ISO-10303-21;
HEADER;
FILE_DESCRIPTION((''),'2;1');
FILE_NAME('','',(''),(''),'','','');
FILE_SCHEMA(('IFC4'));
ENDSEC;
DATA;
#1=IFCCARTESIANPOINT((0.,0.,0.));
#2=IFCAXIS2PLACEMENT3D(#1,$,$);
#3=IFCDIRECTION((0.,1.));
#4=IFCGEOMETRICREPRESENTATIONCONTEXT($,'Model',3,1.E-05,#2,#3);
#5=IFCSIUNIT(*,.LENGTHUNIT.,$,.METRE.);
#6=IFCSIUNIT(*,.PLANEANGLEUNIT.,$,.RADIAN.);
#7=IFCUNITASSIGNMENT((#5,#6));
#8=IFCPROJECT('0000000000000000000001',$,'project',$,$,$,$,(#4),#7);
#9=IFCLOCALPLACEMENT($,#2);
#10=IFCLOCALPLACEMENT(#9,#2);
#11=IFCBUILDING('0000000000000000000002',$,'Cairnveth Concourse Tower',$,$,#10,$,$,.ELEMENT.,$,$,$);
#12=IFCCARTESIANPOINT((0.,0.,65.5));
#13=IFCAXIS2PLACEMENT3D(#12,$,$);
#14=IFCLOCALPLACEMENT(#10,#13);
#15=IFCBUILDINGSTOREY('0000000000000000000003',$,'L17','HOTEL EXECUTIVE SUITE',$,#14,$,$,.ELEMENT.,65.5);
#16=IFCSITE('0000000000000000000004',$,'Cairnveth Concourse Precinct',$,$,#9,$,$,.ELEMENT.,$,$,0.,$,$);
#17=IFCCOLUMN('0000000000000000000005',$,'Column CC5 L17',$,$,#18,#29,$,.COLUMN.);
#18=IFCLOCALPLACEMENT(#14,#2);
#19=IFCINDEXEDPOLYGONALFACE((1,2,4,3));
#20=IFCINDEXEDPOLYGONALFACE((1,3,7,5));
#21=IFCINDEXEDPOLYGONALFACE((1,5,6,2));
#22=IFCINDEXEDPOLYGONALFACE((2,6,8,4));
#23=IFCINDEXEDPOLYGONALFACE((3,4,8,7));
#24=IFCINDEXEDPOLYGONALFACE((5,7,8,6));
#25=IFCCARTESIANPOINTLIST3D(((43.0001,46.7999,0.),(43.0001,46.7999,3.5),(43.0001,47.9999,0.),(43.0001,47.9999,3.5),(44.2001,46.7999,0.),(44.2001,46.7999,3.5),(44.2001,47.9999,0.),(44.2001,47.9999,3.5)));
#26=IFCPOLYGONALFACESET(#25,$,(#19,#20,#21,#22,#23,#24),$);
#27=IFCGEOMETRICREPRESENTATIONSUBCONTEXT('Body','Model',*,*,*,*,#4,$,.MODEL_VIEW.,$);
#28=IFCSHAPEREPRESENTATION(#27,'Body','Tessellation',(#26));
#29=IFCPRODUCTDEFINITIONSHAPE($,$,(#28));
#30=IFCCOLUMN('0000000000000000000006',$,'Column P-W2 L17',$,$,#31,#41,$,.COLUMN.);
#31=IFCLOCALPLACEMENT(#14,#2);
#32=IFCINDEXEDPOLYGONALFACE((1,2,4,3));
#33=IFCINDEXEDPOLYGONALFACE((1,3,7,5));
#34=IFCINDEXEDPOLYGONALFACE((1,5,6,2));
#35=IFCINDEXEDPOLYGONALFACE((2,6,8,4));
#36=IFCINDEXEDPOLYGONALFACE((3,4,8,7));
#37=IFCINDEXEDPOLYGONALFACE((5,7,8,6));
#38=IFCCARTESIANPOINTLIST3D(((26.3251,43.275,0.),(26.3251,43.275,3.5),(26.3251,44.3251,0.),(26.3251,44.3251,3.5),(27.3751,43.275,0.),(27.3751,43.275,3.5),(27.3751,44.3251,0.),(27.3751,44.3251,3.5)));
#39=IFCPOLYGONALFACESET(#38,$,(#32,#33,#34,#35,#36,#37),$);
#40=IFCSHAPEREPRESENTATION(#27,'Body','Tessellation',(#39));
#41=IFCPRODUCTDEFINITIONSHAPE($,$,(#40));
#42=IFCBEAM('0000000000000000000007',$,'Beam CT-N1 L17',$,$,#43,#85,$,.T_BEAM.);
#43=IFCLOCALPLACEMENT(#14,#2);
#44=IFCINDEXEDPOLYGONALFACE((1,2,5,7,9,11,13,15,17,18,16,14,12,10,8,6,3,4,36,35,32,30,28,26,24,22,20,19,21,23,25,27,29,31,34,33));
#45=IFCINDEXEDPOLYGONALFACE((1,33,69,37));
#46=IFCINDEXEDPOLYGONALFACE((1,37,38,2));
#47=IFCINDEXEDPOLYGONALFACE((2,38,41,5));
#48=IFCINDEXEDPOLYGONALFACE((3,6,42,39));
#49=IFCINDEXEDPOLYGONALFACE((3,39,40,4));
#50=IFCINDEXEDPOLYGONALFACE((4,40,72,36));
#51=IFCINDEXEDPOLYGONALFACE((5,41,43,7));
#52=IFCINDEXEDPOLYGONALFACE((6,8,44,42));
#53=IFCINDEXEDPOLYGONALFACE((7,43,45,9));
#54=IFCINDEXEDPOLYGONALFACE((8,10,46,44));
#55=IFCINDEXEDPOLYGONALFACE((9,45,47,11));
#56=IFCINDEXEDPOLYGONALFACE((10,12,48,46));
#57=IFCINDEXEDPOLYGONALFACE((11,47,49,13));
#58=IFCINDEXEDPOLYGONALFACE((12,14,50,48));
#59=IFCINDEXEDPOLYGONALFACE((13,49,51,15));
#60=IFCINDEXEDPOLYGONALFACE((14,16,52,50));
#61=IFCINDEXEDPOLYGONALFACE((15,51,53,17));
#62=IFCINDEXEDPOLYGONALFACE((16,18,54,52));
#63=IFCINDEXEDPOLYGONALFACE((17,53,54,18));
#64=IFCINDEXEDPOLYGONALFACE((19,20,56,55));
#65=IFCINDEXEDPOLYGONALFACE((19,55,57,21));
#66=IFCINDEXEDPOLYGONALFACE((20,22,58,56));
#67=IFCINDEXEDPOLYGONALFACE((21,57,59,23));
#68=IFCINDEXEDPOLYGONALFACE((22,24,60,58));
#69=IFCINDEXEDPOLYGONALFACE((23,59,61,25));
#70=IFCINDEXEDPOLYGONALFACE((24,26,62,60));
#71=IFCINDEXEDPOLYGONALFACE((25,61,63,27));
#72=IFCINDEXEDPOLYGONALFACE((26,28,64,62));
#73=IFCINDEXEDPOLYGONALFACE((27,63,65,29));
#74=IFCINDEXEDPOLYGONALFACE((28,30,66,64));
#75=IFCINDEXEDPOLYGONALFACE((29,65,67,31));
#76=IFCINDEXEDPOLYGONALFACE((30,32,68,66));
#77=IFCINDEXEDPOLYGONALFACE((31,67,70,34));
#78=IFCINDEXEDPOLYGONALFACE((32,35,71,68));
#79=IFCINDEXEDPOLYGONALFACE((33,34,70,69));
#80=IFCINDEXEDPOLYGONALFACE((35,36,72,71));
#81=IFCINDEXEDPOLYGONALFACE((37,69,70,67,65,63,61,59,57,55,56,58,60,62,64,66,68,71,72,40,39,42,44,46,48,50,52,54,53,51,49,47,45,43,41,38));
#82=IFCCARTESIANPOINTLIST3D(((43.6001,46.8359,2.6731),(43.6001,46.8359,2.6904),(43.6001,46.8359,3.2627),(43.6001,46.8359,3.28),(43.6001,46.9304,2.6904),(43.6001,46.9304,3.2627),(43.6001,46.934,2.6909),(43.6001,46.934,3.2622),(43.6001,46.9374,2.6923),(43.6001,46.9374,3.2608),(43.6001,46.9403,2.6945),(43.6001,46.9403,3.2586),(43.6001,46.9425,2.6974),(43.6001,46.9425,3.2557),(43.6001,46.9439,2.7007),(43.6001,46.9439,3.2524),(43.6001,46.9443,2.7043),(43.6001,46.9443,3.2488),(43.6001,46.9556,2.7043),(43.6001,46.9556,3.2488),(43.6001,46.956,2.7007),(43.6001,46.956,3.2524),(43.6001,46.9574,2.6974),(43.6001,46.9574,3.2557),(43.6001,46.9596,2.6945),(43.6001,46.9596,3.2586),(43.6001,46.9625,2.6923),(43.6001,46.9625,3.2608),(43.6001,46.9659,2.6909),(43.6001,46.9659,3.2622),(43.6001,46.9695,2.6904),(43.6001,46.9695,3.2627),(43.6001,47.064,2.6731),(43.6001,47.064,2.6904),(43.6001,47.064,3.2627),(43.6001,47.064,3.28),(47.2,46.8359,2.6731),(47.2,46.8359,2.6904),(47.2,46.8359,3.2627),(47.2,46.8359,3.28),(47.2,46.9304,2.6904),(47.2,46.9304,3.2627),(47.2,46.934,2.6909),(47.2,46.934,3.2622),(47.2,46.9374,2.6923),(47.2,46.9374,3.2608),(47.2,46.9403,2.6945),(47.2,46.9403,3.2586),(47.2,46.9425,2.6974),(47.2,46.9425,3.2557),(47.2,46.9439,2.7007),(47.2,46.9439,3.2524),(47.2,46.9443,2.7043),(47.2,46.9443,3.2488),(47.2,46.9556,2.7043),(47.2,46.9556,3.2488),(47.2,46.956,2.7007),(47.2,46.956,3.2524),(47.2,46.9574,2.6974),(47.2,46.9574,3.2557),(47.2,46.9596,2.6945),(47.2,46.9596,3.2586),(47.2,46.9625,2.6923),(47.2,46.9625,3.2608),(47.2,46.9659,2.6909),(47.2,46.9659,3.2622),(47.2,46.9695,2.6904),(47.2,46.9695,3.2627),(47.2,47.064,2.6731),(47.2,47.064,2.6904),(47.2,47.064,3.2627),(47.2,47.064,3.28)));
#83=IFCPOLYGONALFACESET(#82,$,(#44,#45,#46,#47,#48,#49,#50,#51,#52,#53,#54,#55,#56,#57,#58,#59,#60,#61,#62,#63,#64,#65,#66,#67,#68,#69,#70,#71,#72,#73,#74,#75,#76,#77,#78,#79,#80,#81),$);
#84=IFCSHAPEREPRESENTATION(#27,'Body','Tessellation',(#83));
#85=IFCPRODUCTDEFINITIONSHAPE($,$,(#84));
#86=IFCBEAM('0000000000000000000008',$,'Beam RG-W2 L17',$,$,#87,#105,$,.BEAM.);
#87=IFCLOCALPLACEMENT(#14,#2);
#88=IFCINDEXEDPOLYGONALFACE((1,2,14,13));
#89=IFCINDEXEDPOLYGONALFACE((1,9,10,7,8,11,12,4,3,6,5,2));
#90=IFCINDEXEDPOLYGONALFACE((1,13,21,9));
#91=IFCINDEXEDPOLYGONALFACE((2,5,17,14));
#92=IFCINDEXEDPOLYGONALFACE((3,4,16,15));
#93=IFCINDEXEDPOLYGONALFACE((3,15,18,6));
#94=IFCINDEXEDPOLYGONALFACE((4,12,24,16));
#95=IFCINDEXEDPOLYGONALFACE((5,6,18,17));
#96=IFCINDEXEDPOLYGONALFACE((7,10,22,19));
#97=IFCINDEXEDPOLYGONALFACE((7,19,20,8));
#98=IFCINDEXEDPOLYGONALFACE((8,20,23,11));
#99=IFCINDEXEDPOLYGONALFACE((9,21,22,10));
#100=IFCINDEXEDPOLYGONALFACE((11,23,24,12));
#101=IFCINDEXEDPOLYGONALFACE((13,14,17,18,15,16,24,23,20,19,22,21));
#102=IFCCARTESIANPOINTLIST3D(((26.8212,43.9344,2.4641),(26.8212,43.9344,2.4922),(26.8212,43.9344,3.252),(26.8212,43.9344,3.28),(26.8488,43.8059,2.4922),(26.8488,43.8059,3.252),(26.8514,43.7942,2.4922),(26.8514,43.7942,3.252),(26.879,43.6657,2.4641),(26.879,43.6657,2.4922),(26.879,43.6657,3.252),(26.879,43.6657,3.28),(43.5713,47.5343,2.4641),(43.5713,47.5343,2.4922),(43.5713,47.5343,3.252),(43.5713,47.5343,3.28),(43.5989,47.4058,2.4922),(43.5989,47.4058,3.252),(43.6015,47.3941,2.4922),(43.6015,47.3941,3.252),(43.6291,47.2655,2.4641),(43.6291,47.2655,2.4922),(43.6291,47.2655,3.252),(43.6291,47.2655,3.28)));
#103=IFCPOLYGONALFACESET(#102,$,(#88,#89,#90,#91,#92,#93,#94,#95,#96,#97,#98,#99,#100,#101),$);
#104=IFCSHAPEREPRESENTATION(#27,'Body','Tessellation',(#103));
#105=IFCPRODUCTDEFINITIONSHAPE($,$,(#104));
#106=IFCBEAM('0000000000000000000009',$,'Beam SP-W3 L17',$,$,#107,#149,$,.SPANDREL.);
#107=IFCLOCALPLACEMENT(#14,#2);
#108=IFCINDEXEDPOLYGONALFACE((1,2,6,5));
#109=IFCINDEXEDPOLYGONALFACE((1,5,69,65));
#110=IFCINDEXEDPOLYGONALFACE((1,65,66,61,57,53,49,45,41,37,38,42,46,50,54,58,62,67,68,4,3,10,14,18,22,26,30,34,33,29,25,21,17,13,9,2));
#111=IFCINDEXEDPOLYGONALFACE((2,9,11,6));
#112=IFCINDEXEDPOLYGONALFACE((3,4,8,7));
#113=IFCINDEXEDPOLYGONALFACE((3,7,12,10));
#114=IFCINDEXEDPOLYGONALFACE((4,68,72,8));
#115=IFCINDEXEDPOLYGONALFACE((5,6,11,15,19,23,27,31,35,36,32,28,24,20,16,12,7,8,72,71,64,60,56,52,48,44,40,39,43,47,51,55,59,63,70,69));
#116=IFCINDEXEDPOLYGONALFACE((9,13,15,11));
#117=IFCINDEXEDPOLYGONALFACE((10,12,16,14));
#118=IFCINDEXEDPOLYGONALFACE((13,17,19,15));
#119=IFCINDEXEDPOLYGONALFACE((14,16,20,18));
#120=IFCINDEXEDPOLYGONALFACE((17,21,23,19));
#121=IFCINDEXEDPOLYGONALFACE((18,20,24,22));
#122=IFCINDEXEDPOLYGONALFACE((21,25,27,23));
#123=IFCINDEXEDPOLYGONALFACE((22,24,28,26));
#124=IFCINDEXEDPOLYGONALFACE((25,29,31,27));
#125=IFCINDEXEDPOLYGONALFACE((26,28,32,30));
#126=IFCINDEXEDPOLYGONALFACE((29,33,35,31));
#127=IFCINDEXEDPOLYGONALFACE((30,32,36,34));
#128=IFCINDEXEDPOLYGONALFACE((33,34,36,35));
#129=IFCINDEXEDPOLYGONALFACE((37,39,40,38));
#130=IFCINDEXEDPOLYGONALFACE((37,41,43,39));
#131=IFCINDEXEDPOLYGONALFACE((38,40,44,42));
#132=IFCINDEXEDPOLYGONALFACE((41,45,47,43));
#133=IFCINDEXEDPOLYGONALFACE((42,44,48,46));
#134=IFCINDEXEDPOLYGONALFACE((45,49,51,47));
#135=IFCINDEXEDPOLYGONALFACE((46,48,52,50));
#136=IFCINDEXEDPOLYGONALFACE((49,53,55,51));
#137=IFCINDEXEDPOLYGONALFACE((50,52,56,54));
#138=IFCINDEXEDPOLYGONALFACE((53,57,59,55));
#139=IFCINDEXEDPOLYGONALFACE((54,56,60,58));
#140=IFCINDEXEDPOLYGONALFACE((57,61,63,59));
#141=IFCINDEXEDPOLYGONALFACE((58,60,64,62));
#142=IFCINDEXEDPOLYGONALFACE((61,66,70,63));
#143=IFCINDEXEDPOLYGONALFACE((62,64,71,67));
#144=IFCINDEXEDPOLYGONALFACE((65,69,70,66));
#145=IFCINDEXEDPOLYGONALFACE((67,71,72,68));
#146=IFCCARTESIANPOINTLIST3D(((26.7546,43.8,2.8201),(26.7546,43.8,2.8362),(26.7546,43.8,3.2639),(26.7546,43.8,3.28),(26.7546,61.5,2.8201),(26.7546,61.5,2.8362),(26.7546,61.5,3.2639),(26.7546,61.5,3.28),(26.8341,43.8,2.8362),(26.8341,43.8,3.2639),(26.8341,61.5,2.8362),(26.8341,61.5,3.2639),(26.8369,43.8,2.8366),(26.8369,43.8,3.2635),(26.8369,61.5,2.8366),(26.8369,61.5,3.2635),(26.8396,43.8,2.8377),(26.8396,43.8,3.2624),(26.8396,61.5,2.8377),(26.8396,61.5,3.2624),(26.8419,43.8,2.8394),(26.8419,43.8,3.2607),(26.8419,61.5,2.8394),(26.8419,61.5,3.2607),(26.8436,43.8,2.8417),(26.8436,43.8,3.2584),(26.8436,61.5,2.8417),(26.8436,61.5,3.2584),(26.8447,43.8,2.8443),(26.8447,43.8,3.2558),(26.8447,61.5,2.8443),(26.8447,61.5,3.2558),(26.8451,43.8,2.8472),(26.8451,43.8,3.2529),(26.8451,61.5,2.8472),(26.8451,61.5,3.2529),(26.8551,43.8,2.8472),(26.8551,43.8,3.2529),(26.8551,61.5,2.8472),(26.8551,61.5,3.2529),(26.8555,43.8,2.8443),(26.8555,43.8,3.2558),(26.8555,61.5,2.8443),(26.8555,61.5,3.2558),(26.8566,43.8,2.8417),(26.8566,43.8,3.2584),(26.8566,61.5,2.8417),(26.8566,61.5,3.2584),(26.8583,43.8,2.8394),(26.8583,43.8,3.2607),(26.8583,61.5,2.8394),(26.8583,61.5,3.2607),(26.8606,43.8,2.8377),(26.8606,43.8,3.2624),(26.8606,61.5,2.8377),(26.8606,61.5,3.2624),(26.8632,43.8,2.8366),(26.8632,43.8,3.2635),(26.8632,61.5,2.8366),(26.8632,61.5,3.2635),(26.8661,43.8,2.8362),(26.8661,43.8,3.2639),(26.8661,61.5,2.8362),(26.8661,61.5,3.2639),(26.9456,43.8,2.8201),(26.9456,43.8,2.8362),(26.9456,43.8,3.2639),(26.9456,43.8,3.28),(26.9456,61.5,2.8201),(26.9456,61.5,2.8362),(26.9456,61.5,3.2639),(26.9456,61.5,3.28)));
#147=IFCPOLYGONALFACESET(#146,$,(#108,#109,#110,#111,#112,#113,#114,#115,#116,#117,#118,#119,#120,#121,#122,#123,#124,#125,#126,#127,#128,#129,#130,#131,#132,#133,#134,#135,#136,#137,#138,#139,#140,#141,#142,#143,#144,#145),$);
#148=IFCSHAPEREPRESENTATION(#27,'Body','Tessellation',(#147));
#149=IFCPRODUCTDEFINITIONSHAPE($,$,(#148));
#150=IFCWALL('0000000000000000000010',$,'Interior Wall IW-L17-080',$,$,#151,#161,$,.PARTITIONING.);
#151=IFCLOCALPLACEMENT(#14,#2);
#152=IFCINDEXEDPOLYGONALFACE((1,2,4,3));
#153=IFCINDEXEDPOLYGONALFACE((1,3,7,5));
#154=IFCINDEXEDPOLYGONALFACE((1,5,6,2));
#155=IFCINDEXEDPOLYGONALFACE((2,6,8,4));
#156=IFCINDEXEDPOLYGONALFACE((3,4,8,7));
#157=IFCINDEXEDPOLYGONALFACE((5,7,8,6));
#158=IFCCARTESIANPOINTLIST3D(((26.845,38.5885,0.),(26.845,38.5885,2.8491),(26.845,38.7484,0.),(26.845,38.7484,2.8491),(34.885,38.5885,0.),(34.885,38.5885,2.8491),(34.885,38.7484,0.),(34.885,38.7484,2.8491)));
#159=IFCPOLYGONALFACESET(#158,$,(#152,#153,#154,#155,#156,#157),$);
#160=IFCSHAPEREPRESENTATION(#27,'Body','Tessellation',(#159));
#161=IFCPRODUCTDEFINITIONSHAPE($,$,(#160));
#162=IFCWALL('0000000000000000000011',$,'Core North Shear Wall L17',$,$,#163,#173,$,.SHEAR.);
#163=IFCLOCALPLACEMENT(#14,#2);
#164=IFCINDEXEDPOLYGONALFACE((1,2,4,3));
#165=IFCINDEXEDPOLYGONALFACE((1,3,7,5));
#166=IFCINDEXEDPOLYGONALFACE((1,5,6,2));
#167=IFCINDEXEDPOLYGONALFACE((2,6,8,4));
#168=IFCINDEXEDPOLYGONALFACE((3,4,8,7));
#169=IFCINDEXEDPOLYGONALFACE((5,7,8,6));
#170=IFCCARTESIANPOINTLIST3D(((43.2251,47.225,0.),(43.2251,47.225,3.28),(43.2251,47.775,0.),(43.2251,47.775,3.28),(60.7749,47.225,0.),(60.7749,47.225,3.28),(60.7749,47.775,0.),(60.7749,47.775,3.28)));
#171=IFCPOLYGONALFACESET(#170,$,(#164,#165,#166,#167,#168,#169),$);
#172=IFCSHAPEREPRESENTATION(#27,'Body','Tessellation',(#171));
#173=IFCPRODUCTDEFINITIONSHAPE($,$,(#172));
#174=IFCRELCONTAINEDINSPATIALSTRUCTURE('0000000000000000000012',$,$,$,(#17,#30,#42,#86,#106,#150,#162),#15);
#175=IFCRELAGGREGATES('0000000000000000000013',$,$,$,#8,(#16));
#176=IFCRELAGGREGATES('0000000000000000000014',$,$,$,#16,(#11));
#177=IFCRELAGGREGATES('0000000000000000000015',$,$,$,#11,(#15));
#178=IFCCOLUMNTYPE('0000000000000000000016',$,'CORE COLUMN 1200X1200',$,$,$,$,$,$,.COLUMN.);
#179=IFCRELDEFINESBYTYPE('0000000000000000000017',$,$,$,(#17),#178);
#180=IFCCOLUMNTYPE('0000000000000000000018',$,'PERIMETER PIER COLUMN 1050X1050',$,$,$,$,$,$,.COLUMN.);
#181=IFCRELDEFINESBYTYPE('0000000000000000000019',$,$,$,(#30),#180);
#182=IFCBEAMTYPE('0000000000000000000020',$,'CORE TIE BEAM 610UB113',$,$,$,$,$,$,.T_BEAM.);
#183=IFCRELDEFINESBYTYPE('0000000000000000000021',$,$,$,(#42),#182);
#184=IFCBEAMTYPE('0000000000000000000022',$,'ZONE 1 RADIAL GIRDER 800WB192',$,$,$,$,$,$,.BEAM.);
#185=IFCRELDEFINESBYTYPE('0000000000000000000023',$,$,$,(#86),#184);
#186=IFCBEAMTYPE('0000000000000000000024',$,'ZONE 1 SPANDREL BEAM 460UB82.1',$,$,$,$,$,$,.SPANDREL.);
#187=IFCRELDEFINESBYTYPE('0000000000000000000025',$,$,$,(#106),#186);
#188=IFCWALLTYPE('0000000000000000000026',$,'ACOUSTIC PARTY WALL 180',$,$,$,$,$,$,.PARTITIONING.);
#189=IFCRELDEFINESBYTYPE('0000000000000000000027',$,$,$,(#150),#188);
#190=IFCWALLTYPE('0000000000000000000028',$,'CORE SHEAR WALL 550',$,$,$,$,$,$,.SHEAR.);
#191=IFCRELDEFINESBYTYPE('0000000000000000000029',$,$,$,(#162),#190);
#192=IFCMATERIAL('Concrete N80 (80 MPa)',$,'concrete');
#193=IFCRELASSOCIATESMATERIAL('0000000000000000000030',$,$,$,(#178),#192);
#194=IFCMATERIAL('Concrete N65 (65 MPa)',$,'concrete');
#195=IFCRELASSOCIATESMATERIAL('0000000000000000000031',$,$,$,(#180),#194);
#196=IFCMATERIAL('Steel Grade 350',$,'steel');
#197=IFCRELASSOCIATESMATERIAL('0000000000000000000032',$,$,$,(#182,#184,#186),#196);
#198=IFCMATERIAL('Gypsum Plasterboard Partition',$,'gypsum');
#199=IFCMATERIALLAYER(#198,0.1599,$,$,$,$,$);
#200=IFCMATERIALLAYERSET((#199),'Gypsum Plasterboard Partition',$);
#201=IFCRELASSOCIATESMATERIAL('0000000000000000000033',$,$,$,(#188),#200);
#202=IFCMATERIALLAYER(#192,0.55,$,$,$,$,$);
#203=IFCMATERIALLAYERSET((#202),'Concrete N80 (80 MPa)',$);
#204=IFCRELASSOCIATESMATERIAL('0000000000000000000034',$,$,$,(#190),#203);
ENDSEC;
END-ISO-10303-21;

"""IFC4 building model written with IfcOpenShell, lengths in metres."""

from ifc_helpers import new_model, si_unit, direction, frame, frame_2d, origin, origin_2d, place, context, subcontext, project, spatial, rectangle, i_section, extrude, material, layer, layer_set, material_profile, profile_set, type_object, element, save


model = new_model("IFC4")

# Units and contexts
model_context = context("Model", 3, precision=1e-05, world=origin(), true_north=direction((0.0, 1.0)))
body_context = subcontext(model_context, "Body", "Model", "MODEL_VIEW")
ifc_project = project(units=[si_unit("LENGTHUNIT", "METRE"), si_unit("PLANEANGLEUNIT", "RADIAN")], contexts=[model_context])

# Site, building, storey
site_placement = place(None, origin())
site = spatial("IfcSite", under=ifc_project, at=site_placement, Name="Cairnveth Concourse Precinct", CompositionType="ELEMENT", RefElevation=0.0)
building_placement = place(site_placement, origin())
building = spatial("IfcBuilding", under=site, at=building_placement, Name="Cairnveth Concourse Tower", CompositionType="ELEMENT")
storey_placement = place(building_placement, frame((0.0, 0.0, 65.5)))
storey = spatial("IfcBuildingStorey", under=building, at=storey_placement, Name="L17", Description="HOTEL EXECUTIVE SUITE", CompositionType="ELEMENT", Elevation=65.5)

# Columns
ifc_material_1 = material(Name="Concrete N80 (80 MPa)", Category="concrete")
ifc_material_profile_1 = material_profile(ifc_material_1, rectangle(XDim=1.2, YDim=1.2, at=origin_2d()), Name="RC-COL-1200x1200")
ifc_profile_set_1 = profile_set([ifc_material_profile_1], Name="Concrete N80 (80 MPa)")
column_type_1 = type_object("IfcColumnType", Name="CORE COLUMN 1200X1200", PredefinedType="COLUMN", material=ifc_profile_set_1)
column_1_placement = place(storey_placement, frame((43.6001, 47.3999, 0.0), z_axis=(0.0, 0.0, 1.0), x_axis=(1.0, 0.0, 0.0)))
element("IfcColumn", 1, at=column_1_placement, inside=storey, type_object=column_type_1, Name="Column CC5 L17", PredefinedType="COLUMN", context=body_context, shape_type="SweptSolid", body=[
    extrude(rectangle(XDim=1.2, YDim=1.2, at=origin_2d()), origin(), (0.0, 0.0, 1.0), 3.5),
])
ifc_material_2 = material(Name="Concrete N65 (65 MPa)", Category="concrete")
ifc_material_profile_2 = material_profile(ifc_material_2, rectangle(XDim=1.05, YDim=1.05, at=origin_2d()), Name="RC-COL-1050x1050")
ifc_profile_set_2 = profile_set([ifc_material_profile_2], Name="Concrete N65 (65 MPa)")
column_type_2 = type_object("IfcColumnType", Name="PERIMETER PIER COLUMN 1050X1050", PredefinedType="COLUMN", material=ifc_profile_set_2)
column_2_placement = place(storey_placement, frame((26.8501, 43.8, 0.0), z_axis=(0.0, 0.0, 1.0), x_axis=(0.0, 1.0, 0.0)))
element("IfcColumn", 2, at=column_2_placement, inside=storey, type_object=column_type_2, Name="Column P-W2 L17", PredefinedType="COLUMN", context=body_context, shape_type="SweptSolid", body=[
    extrude(rectangle(XDim=1.05, YDim=1.05, at=origin_2d()), origin(), (0.0, 0.0, 1.0), 3.5),
])

# Beams
ifc_material_3 = material(Name="Steel Grade 350", Category="steel")
ifc_material_profile_3 = material_profile(ifc_material_3, i_section(OverallWidth=0.228, OverallDepth=0.6069, WebThickness=0.0112, FlangeThickness=0.0173, FilletRadius=0.0139, at=origin_2d()), Name="610UB113")
ifc_profile_set_3 = profile_set([ifc_material_profile_3], Name="Steel Grade 350")
beam_type_1 = type_object("IfcBeamType", Name="CORE TIE BEAM 610UB113", PredefinedType="T_BEAM", material=ifc_profile_set_3)
beam_1_placement = place(storey_placement, frame((43.6001, 46.95, 2.9766), z_axis=(1.0, 0.0, 0.0), x_axis=(0.0, 1.0, 0.0)))
element("IfcBeam", 3, at=beam_1_placement, inside=storey, type_object=beam_type_1, Name="Beam CT-N1 L17", PredefinedType="T_BEAM", context=body_context, shape_type="SweptSolid", body=[
    extrude(i_section(OverallWidth=0.228, OverallDepth=0.6069, WebThickness=0.0112, FlangeThickness=0.0173, FilletRadius=0.0139, at=origin_2d()), origin(), (0.0, 0.0, 1.0), 3.5999),
])
ifc_material_profile_4 = material_profile(ifc_material_3, i_section(OverallWidth=0.2749, OverallDepth=0.8159, WebThickness=0.012, FlangeThickness=0.0281, at=origin_2d()), Name="800WB192")
ifc_profile_set_4 = profile_set([ifc_material_profile_4], Name="Steel Grade 350")
beam_type_2 = type_object("IfcBeamType", Name="ZONE 1 RADIAL GIRDER 800WB192", PredefinedType="BEAM", material=ifc_profile_set_4)
beam_2_placement = place(storey_placement, frame((26.8501, 43.8, 2.8721), z_axis=(0.977676, 0.210119, 0.0), x_axis=(-0.210119, 0.977676, 0.0)))
element("IfcBeam", 4, at=beam_2_placement, inside=storey, type_object=beam_type_2, Name="Beam RG-W2 L17", PredefinedType="BEAM", context=body_context, shape_type="SweptSolid", body=[
    extrude(i_section(OverallWidth=0.2749, OverallDepth=0.8159, WebThickness=0.012, FlangeThickness=0.0281, at=origin_2d()), origin(), (0.0, 0.0, 1.0), 17.1326),
])
ifc_material_profile_5 = material_profile(ifc_material_3, i_section(OverallWidth=0.1909, OverallDepth=0.46, WebThickness=0.01, FlangeThickness=0.0161, FilletRadius=0.011, at=origin_2d()), Name="460UB82.1")
ifc_profile_set_5 = profile_set([ifc_material_profile_5], Name="Steel Grade 350")
beam_type_3 = type_object("IfcBeamType", Name="ZONE 1 SPANDREL BEAM 460UB82.1", PredefinedType="SPANDREL", material=ifc_profile_set_5)
beam_3_placement = place(storey_placement, frame((26.8501, 43.8, 3.05), z_axis=(0.0, 1.0, 0.0), x_axis=(-1.0, 0.0, 0.0)))
element("IfcBeam", 5, at=beam_3_placement, inside=storey, type_object=beam_type_3, Name="Beam SP-W3 L17", PredefinedType="SPANDREL", context=body_context, shape_type="SweptSolid", body=[
    extrude(i_section(OverallWidth=0.1909, OverallDepth=0.46, WebThickness=0.01, FlangeThickness=0.0161, FilletRadius=0.011, at=origin_2d()), origin(), (0.0, 0.0, 1.0), 17.7),
])

# Walls
ifc_material_4 = material(Name="Gypsum Plasterboard Partition", Category="gypsum")
ifc_layer_1 = layer(ifc_material_4, 0.1599)
ifc_layer_set_1 = layer_set([ifc_layer_1], Name="Gypsum Plasterboard Partition")
wall_type_1 = type_object("IfcWallType", Name="ACOUSTIC PARTY WALL 180", PredefinedType="PARTITIONING", material=ifc_layer_set_1)
wall_1_placement = place(storey_placement, frame((26.845, 38.6685, 0.0), z_axis=(0.0, 0.0, 1.0), x_axis=(1.0, 0.0, 0.0)))
element("IfcWall", 6, at=wall_1_placement, inside=storey, type_object=wall_type_1, Name="Interior Wall IW-L17-080", PredefinedType="PARTITIONING", context=body_context, shape_type="SweptSolid", body=[
    extrude(rectangle(XDim=8.04, YDim=0.1599, at=frame_2d((4.02, 0.0))), origin(), (0.0, 0.0, 1.0), 2.8491),
])
ifc_layer_2 = layer(ifc_material_1, 0.55)
ifc_layer_set_2 = layer_set([ifc_layer_2], Name="Concrete N80 (80 MPa)")
wall_type_2 = type_object("IfcWallType", Name="CORE SHEAR WALL 550", PredefinedType="SHEAR", material=ifc_layer_set_2)
wall_2_placement = place(storey_placement, frame((43.2251, 47.5, 0.0), z_axis=(0.0, 0.0, 1.0), x_axis=(1.0, 0.0, 0.0)))
element("IfcWall", 7, at=wall_2_placement, inside=storey, type_object=wall_type_2, Name="Core North Shear Wall L17", PredefinedType="SHEAR", context=body_context, shape_type="SweptSolid", body=[
    extrude(rectangle(XDim=17.5498, YDim=0.55, at=frame_2d((8.7749, 0.0))), origin(), (0.0, 0.0, 1.0), 3.28),
])

save(model, "model.ifc")
